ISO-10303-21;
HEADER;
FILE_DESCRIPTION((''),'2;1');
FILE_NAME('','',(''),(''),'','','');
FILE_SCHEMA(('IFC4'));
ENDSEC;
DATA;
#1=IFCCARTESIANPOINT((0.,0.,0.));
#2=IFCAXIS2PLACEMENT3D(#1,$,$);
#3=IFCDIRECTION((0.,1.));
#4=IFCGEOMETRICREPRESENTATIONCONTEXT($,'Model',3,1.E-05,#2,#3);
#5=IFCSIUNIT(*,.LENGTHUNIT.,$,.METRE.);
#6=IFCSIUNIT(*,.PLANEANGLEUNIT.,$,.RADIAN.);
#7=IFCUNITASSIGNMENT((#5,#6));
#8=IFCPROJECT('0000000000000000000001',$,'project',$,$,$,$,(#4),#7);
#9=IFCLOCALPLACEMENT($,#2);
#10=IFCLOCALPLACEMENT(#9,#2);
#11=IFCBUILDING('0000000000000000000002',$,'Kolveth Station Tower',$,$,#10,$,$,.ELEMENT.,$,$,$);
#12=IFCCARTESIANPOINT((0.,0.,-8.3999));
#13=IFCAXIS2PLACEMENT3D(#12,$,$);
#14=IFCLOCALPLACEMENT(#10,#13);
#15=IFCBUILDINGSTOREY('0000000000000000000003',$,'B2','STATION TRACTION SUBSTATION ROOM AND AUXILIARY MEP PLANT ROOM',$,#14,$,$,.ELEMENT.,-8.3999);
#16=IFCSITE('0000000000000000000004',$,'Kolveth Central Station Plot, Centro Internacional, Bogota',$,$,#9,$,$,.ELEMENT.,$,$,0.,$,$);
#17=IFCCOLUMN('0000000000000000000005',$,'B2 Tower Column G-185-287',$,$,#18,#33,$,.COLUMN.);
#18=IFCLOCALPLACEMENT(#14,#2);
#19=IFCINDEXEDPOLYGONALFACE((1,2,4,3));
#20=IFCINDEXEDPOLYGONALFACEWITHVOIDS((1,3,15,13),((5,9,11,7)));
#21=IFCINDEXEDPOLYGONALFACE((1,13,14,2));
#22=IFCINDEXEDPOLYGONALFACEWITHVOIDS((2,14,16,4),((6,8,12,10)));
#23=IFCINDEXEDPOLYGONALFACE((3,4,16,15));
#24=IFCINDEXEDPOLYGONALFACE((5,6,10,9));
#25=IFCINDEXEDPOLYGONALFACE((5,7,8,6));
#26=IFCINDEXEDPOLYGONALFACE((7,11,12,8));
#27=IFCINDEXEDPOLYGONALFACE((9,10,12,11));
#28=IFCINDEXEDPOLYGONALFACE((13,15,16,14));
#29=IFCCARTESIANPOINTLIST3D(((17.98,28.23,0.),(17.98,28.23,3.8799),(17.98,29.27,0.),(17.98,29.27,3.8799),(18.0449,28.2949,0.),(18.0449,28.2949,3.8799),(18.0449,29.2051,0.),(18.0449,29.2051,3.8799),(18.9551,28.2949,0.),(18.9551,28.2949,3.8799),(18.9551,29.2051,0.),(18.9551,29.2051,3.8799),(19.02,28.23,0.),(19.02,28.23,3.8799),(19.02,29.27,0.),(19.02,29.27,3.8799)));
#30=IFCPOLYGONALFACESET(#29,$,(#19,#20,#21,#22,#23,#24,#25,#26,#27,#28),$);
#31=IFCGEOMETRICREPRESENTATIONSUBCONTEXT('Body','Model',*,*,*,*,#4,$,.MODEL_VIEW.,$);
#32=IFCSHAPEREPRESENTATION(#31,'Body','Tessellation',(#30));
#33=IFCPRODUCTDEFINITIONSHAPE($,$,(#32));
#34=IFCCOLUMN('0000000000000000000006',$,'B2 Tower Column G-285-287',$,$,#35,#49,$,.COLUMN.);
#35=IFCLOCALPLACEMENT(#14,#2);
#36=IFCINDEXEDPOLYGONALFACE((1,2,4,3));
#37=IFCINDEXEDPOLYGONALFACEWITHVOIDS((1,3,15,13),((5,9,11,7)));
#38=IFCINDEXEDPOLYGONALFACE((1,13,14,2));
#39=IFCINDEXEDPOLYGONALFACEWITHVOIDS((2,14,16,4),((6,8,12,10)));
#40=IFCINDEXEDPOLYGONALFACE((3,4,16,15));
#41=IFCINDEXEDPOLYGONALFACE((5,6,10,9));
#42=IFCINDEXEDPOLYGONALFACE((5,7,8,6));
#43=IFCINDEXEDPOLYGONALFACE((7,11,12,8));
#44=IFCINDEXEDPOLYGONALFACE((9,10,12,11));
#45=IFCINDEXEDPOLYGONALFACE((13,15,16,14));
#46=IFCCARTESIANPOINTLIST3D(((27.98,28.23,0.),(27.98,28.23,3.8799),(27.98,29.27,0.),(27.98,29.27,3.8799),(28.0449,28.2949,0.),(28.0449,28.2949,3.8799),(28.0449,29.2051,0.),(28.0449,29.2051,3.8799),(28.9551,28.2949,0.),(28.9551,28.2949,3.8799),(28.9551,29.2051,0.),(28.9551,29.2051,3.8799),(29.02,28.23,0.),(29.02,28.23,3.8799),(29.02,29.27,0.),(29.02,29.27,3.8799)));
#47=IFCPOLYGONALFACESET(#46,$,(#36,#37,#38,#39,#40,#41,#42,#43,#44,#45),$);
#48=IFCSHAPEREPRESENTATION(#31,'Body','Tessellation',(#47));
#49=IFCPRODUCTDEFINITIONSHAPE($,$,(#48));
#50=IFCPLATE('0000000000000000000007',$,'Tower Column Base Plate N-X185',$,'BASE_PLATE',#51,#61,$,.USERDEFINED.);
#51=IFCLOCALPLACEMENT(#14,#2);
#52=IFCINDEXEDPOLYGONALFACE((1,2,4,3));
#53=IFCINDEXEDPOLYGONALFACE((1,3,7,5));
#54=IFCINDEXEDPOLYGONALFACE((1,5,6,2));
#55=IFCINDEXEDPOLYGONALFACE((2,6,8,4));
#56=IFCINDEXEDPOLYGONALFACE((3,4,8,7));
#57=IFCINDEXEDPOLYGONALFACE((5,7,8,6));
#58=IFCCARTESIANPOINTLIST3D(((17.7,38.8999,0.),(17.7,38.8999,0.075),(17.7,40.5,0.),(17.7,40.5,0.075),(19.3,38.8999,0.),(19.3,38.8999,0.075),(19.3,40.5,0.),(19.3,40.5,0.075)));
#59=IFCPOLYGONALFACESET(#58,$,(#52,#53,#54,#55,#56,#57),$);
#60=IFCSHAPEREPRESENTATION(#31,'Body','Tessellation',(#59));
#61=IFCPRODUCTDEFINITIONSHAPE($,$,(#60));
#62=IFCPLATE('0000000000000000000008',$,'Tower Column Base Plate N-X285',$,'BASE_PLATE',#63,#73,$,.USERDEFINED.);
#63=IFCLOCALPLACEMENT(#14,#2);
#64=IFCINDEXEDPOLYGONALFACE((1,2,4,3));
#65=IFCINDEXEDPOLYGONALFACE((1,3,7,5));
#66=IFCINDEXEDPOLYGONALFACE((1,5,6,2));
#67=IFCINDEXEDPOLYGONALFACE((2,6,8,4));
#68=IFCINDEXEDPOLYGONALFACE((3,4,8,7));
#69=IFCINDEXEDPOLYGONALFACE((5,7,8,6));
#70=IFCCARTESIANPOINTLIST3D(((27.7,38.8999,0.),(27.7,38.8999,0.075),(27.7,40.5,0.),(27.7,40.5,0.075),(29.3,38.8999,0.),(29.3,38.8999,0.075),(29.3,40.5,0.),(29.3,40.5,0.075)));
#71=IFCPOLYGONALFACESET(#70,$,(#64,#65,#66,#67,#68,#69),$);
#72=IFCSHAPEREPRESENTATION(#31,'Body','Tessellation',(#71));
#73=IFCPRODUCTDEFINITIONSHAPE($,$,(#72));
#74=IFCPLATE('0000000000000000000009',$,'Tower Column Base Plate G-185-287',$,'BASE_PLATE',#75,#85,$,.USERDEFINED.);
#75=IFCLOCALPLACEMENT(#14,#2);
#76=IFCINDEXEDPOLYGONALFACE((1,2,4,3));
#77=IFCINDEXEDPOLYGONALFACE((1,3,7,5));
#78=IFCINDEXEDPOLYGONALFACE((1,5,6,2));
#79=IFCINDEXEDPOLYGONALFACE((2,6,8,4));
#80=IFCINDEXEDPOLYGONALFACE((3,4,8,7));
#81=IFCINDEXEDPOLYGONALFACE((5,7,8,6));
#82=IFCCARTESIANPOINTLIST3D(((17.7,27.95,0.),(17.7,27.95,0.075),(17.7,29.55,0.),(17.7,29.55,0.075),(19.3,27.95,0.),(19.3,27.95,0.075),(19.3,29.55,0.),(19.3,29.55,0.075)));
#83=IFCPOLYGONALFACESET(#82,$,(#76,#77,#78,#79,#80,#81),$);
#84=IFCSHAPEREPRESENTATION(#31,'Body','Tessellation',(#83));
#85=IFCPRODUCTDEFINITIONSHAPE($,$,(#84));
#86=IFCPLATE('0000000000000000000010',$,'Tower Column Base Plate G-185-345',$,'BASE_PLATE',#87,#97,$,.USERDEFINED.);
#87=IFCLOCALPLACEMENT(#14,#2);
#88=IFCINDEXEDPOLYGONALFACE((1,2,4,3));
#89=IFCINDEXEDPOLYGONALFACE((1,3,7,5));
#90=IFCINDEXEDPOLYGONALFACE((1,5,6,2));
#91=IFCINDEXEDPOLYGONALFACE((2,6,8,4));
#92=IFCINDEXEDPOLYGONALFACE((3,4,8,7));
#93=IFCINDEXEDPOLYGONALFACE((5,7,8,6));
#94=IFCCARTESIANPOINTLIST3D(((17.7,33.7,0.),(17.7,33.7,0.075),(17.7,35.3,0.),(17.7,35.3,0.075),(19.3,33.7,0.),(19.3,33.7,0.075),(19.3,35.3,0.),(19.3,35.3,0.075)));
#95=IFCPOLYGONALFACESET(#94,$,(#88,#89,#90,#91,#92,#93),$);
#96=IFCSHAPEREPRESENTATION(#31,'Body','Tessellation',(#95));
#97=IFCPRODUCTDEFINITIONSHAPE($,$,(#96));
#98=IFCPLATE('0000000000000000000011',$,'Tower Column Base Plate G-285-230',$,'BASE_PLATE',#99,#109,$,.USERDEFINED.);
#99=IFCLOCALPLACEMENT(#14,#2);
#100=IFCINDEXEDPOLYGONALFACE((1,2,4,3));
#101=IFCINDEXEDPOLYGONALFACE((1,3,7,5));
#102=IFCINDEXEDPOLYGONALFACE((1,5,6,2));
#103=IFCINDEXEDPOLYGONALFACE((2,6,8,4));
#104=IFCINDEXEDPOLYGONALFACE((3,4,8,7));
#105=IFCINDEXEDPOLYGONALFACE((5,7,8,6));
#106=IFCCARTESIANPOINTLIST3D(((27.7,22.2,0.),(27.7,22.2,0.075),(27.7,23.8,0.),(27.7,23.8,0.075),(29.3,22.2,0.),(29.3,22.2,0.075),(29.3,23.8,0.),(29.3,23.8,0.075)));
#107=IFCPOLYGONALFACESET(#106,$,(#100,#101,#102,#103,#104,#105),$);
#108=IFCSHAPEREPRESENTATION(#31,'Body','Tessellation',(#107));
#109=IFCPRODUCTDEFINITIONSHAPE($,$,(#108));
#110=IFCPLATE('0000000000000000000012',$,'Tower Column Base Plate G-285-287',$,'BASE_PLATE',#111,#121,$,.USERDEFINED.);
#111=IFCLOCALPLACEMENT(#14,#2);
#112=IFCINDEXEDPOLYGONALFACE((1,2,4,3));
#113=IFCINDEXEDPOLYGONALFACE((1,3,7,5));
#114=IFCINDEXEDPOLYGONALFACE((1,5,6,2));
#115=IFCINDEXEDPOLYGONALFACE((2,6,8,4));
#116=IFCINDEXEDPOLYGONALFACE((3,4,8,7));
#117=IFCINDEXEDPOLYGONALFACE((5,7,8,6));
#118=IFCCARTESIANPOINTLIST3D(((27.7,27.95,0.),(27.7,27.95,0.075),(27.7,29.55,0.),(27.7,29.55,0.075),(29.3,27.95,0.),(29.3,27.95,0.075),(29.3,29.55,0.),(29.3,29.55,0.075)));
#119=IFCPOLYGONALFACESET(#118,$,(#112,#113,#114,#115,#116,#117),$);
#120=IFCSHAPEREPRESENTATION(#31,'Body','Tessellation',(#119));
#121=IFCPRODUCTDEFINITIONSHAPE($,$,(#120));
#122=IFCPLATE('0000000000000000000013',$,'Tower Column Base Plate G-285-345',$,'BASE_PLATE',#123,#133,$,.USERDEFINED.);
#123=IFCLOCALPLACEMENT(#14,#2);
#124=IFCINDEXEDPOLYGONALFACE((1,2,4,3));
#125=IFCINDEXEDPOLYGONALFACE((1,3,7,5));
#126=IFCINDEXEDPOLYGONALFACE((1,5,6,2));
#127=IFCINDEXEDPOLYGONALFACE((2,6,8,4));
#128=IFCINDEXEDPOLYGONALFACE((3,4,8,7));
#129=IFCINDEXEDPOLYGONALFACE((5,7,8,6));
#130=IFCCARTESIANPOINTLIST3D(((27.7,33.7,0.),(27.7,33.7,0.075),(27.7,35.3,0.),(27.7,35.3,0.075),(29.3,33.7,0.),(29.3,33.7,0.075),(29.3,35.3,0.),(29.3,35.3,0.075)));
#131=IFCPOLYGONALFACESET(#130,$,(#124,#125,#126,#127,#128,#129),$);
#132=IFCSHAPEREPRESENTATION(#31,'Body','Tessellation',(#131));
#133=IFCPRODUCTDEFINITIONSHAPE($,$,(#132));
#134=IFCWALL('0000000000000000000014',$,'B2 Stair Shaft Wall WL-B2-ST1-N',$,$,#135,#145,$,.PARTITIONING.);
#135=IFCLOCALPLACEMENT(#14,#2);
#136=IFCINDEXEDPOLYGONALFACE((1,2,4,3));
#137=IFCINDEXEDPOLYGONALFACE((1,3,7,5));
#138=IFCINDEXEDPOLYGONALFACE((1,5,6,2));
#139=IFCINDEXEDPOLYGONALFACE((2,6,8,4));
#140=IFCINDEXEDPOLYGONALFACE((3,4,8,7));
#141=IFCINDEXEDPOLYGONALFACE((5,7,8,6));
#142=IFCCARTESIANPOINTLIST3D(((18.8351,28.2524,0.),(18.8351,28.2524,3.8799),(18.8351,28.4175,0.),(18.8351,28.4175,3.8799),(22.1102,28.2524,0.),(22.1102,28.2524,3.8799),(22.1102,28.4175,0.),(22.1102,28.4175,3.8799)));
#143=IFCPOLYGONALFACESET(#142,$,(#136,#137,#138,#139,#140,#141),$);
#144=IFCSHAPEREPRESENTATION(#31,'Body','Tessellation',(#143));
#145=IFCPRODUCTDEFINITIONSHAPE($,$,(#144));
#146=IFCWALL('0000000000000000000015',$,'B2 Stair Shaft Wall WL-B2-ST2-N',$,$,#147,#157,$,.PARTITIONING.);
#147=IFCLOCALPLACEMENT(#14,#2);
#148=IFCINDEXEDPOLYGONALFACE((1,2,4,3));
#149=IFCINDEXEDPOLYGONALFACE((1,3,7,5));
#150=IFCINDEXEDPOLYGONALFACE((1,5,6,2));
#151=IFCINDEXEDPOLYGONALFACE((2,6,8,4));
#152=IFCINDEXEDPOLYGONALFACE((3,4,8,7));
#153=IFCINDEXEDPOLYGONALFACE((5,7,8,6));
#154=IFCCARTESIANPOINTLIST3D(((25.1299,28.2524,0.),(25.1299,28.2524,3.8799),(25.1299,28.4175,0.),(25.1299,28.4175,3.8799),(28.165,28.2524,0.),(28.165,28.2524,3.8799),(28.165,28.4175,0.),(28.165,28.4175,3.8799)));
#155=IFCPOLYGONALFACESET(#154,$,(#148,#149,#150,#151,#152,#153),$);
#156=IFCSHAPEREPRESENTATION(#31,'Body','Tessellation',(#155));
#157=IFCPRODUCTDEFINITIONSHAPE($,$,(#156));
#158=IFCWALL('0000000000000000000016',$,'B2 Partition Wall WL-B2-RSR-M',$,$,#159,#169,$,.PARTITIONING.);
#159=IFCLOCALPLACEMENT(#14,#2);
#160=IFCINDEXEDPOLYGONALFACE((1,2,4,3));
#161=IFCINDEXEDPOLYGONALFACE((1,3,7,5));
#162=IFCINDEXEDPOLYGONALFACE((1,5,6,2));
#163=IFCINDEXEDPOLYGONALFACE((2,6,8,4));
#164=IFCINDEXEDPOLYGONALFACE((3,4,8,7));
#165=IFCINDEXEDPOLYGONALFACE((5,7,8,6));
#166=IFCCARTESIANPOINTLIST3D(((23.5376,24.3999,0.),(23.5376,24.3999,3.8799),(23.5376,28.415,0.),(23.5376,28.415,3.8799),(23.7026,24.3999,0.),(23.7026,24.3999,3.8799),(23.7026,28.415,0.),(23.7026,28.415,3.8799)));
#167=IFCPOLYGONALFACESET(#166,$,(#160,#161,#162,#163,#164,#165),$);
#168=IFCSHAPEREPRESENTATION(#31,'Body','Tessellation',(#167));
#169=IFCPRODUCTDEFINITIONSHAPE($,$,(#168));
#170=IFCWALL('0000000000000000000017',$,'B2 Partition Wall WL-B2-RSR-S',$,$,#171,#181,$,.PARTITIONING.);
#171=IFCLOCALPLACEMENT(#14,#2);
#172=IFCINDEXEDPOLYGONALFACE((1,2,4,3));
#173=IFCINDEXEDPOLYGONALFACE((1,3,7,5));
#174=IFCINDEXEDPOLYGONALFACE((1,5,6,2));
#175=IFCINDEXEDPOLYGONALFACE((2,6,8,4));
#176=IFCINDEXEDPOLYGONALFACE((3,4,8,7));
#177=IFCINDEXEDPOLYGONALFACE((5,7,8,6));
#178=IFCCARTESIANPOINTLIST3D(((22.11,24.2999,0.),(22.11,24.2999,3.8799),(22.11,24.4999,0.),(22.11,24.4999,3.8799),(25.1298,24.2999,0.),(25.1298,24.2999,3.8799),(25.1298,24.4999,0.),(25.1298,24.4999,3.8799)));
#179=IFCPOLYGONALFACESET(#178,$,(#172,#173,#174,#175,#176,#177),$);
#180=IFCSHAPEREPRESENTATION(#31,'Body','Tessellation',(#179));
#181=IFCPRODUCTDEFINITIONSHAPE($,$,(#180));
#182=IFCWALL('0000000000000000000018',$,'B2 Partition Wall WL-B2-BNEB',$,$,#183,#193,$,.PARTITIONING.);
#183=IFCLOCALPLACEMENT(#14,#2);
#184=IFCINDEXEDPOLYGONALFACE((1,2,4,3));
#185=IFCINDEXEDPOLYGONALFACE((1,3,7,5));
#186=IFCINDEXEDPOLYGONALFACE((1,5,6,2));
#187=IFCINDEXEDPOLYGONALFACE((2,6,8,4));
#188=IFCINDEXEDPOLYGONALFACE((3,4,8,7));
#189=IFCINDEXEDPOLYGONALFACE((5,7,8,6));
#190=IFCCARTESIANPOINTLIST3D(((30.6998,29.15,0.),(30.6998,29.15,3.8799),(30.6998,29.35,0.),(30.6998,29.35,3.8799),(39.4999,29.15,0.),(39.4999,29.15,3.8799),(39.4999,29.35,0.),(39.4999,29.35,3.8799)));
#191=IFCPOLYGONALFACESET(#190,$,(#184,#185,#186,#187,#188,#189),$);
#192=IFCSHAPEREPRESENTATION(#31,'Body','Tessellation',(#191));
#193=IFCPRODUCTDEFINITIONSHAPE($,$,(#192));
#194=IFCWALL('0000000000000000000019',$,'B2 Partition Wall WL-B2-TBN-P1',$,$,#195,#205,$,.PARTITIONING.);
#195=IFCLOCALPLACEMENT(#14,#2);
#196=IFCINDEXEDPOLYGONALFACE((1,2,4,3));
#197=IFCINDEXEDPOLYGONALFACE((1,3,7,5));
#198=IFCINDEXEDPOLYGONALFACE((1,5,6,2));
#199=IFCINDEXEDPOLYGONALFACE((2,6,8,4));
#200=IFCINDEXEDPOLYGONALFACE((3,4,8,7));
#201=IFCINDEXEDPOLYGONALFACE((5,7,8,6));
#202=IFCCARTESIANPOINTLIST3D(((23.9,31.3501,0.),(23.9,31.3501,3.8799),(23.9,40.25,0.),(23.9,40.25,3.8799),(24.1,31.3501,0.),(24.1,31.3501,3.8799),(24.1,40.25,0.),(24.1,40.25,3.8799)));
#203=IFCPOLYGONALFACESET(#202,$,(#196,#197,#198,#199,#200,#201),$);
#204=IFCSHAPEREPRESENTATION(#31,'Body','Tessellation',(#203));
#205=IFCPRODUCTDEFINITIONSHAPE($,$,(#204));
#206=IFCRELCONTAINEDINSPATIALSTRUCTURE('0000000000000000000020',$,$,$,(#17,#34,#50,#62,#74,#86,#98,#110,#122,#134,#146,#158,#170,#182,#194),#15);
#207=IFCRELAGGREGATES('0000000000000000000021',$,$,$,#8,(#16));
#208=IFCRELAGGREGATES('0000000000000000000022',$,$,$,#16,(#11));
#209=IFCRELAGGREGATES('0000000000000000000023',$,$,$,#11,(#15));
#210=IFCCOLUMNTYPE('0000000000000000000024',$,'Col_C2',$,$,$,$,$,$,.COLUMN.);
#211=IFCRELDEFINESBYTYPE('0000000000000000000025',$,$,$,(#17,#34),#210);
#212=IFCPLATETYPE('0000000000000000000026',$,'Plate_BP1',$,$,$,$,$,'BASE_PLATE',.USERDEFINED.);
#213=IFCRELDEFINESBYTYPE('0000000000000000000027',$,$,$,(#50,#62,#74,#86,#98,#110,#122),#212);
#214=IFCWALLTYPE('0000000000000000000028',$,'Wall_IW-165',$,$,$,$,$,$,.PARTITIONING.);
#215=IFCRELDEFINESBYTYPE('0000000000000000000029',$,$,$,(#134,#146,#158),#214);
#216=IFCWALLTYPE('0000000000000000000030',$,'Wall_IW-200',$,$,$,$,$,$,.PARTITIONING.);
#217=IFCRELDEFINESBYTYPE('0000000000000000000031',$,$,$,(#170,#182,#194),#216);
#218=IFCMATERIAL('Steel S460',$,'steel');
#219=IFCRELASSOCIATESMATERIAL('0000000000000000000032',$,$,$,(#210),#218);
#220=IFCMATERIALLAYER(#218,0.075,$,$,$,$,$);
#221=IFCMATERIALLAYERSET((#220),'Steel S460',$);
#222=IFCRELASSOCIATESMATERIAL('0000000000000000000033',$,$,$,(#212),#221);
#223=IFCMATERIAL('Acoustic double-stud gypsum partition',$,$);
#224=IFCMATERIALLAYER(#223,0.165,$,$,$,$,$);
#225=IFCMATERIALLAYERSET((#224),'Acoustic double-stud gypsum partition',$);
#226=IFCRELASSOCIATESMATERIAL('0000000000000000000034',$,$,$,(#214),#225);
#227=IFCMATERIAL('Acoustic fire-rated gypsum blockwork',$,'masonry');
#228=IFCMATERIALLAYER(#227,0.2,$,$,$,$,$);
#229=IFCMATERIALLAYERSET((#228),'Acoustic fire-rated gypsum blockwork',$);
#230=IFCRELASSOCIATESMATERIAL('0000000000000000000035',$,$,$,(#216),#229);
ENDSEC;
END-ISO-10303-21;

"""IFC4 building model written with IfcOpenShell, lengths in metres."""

from ifc_helpers import new_model, si_unit, direction, frame, frame_2d, origin, origin_2d, place, context, subcontext, project, spatial, rectangle, hollow_rectangle, extrude, source, transform, mapped, material, layer, layer_set, material_profile, profile_set, type_object, element, save


model = new_model("IFC4")

# Units and contexts
model_context = context("Model", 3, precision=1e-05, world=origin(), true_north=direction((0.0, 1.0)))
body_context = subcontext(model_context, "Body", "Model", "MODEL_VIEW")
ifc_project = project(units=[si_unit("LENGTHUNIT", "METRE"), si_unit("PLANEANGLEUNIT", "RADIAN")], contexts=[model_context])

# Site, building, storey
site_placement = place(None, origin())
site = spatial("IfcSite", under=ifc_project, at=site_placement, Name="Kolveth Central Station Plot, Centro Internacional, Bogota", CompositionType="ELEMENT", RefElevation=0.0)
building_placement = place(site_placement, origin())
building = spatial("IfcBuilding", under=site, at=building_placement, Name="Kolveth Station Tower", CompositionType="ELEMENT")
storey_placement = place(building_placement, frame((0.0, 0.0, -8.3999)))
storey = spatial("IfcBuildingStorey", under=building, at=storey_placement, Name="B2", Description="STATION TRACTION SUBSTATION ROOM AND AUXILIARY MEP PLANT ROOM", CompositionType="ELEMENT", Elevation=-8.3999)

# Columns
ifc_material_1 = material(Name="Steel S460", Category="steel")
ifc_material_profile_1 = material_profile(ifc_material_1, hollow_rectangle(XDim=1.04, YDim=1.04, WallThickness=0.0649, at=origin_2d()), Name="BOX1040x1040x65")
ifc_profile_set_1 = profile_set([ifc_material_profile_1], Name="Steel S460")
column_type_1 = type_object("IfcColumnType", Name="Col_C2", PredefinedType="COLUMN", material=ifc_profile_set_1)
shared_shape_1 = source(origin(), body_context, "Body", "SweptSolid", [
    extrude(hollow_rectangle(XDim=1.04, YDim=1.04, WallThickness=0.0649, at=origin_2d()), origin(), (0.0, 0.0, 1.0), 3.8799),
])
for number, where, z_axis, x_axis, name in (
    (1, (18.5, 28.75, 0.0), (0.0, 0.0, 1.0), (1.0, 0.0, 0.0), "B2 Tower Column G-185-287"),
    (2, (28.5, 28.75, 0.0), (0.0, 0.0, 1.0), (1.0, 0.0, 0.0), "B2 Tower Column G-285-287"),
):
    element("IfcColumn", number, at=place(storey_placement, frame(where, z_axis=z_axis, x_axis=x_axis)), inside=storey, type_object=column_type_1, Name=name, PredefinedType="COLUMN", context=body_context, shape_type="MappedRepresentation", body=[
        mapped(shared_shape_1, transform((0.0, 0.0, 0.0), x_axis=(1.0, 0.0, 0.0), y_axis=(0.0, 1.0, 0.0), z_axis=(0.0, 0.0, 1.0), scale=1.0)),
    ])

# Plates
ifc_layer_1 = layer(ifc_material_1, 0.075)
ifc_layer_set_1 = layer_set([ifc_layer_1], Name="Steel S460")
plate_type = type_object("IfcPlateType", Name="Plate_BP1", ElementType="BASE_PLATE", PredefinedType="USERDEFINED", material=ifc_layer_set_1)
shared_shape_2 = source(origin(), body_context, "Body", "SweptSolid", [
    extrude(rectangle(XDim=1.6001, YDim=1.6001, at=origin_2d()), origin(), (0.0, 0.0, 1.0), 0.075),
])
for number, where, z_axis, x_axis, name in (
    (3, (18.5, 39.7, 0.0), (0.0, 0.0, 1.0), (1.0, 0.0, 0.0), "Tower Column Base Plate N-X185"),
    (4, (28.5, 39.7, 0.0), (0.0, 0.0, 1.0), (1.0, 0.0, 0.0), "Tower Column Base Plate N-X285"),
    (5, (18.5, 28.75, 0.0), (0.0, 0.0, 1.0), (1.0, 0.0, 0.0), "Tower Column Base Plate G-185-287"),
    (6, (18.5, 34.5, 0.0), (0.0, 0.0, 1.0), (1.0, 0.0, 0.0), "Tower Column Base Plate G-185-345"),
    (7, (28.5, 23.0, 0.0), (0.0, 0.0, 1.0), (1.0, 0.0, 0.0), "Tower Column Base Plate G-285-230"),
    (8, (28.5, 28.75, 0.0), (0.0, 0.0, 1.0), (1.0, 0.0, 0.0), "Tower Column Base Plate G-285-287"),
    (9, (28.5, 34.5, 0.0), (0.0, 0.0, 1.0), (1.0, 0.0, 0.0), "Tower Column Base Plate G-285-345"),
):
    element("IfcPlate", number, at=place(storey_placement, frame(where, z_axis=z_axis, x_axis=x_axis)), inside=storey, type_object=plate_type, Name=name, ObjectType="BASE_PLATE", PredefinedType="USERDEFINED", context=body_context, shape_type="MappedRepresentation", body=[
        mapped(shared_shape_2, transform((0.0, 0.0, 0.0), x_axis=(1.0, 0.0, 0.0), y_axis=(0.0, 1.0, 0.0), z_axis=(0.0, 0.0, 1.0), scale=1.0)),
    ])

# Walls
ifc_material_2 = material(Name="Acoustic double-stud gypsum partition")
ifc_layer_2 = layer(ifc_material_2, 0.165)
ifc_layer_set_2 = layer_set([ifc_layer_2], Name="Acoustic double-stud gypsum partition")
wall_type_1 = type_object("IfcWallType", Name="Wall_IW-165", PredefinedType="PARTITIONING", material=ifc_layer_set_2)
wall_1_placement = place(storey_placement, frame((18.835, 28.335, 0.0), z_axis=(0.0, 0.0, 1.0), x_axis=(1.0, 0.0, 0.0)))
element("IfcWall", 10, at=wall_1_placement, inside=storey, type_object=wall_type_1, Name="B2 Stair Shaft Wall WL-B2-ST1-N", PredefinedType="PARTITIONING", context=body_context, shape_type="SweptSolid", body=[
    extrude(rectangle(XDim=3.2751, YDim=0.165, at=frame_2d((1.6377, 0.0))), origin(), (0.0, 0.0, 1.0), 3.8799),
])
wall_2_placement = place(storey_placement, frame((25.1299, 28.335, 0.0), z_axis=(0.0, 0.0, 1.0), x_axis=(1.0, 0.0, 0.0)))
element("IfcWall", 11, at=wall_2_placement, inside=storey, type_object=wall_type_1, Name="B2 Stair Shaft Wall WL-B2-ST2-N", PredefinedType="PARTITIONING", context=body_context, shape_type="SweptSolid", body=[
    extrude(rectangle(XDim=3.0352, YDim=0.165, at=frame_2d((1.5176, 0.0))), origin(), (0.0, 0.0, 1.0), 3.8799),
])
wall_3_placement = place(storey_placement, frame((23.6201, 24.3999, 0.0), z_axis=(0.0, 0.0, 1.0), x_axis=(0.0, 1.0, 0.0)))
element("IfcWall", 12, at=wall_3_placement, inside=storey, type_object=wall_type_1, Name="B2 Partition Wall WL-B2-RSR-M", PredefinedType="PARTITIONING", context=body_context, shape_type="SweptSolid", body=[
    extrude(rectangle(XDim=4.0151, YDim=0.165, at=frame_2d((2.0076, 0.0))), origin(), (0.0, 0.0, 1.0), 3.8799),
])
ifc_material_3 = material(Name="Acoustic fire-rated gypsum blockwork", Category="masonry")
ifc_layer_3 = layer(ifc_material_3, 0.2)
ifc_layer_set_3 = layer_set([ifc_layer_3], Name="Acoustic fire-rated gypsum blockwork")
wall_type_2 = type_object("IfcWallType", Name="Wall_IW-200", PredefinedType="PARTITIONING", material=ifc_layer_set_3)
wall_4_placement = place(storey_placement, frame((22.1101, 24.3999, 0.0), z_axis=(0.0, 0.0, 1.0), x_axis=(1.0, 0.0, 0.0)))
element("IfcWall", 13, at=wall_4_placement, inside=storey, type_object=wall_type_2, Name="B2 Partition Wall WL-B2-RSR-S", PredefinedType="PARTITIONING", context=body_context, shape_type="SweptSolid", body=[
    extrude(rectangle(XDim=3.0198, YDim=0.2, at=frame_2d((1.5098, 0.0))), origin(), (0.0, 0.0, 1.0), 3.8799),
])
wall_5_placement = place(storey_placement, frame((30.7, 29.25, 0.0), z_axis=(0.0, 0.0, 1.0), x_axis=(1.0, 0.0, 0.0)))
element("IfcWall", 14, at=wall_5_placement, inside=storey, type_object=wall_type_2, Name="B2 Partition Wall WL-B2-BNEB", PredefinedType="PARTITIONING", context=body_context, shape_type="SweptSolid", body=[
    extrude(rectangle(XDim=8.8, YDim=0.2, at=frame_2d((4.3999, 0.0))), origin(), (0.0, 0.0, 1.0), 3.8799),
])
wall_6_placement = place(storey_placement, frame((24.0, 31.3501, 0.0), z_axis=(0.0, 0.0, 1.0), x_axis=(0.0, 1.0, 0.0)))
element("IfcWall", 15, at=wall_6_placement, inside=storey, type_object=wall_type_2, Name="B2 Partition Wall WL-B2-TBN-P1", PredefinedType="PARTITIONING", context=body_context, shape_type="SweptSolid", body=[
    extrude(rectangle(XDim=8.8999, YDim=0.2, at=frame_2d((4.45, 0.0))), origin(), (0.0, 0.0, 1.0), 3.8799),
])

save(model, "model.ifc")
